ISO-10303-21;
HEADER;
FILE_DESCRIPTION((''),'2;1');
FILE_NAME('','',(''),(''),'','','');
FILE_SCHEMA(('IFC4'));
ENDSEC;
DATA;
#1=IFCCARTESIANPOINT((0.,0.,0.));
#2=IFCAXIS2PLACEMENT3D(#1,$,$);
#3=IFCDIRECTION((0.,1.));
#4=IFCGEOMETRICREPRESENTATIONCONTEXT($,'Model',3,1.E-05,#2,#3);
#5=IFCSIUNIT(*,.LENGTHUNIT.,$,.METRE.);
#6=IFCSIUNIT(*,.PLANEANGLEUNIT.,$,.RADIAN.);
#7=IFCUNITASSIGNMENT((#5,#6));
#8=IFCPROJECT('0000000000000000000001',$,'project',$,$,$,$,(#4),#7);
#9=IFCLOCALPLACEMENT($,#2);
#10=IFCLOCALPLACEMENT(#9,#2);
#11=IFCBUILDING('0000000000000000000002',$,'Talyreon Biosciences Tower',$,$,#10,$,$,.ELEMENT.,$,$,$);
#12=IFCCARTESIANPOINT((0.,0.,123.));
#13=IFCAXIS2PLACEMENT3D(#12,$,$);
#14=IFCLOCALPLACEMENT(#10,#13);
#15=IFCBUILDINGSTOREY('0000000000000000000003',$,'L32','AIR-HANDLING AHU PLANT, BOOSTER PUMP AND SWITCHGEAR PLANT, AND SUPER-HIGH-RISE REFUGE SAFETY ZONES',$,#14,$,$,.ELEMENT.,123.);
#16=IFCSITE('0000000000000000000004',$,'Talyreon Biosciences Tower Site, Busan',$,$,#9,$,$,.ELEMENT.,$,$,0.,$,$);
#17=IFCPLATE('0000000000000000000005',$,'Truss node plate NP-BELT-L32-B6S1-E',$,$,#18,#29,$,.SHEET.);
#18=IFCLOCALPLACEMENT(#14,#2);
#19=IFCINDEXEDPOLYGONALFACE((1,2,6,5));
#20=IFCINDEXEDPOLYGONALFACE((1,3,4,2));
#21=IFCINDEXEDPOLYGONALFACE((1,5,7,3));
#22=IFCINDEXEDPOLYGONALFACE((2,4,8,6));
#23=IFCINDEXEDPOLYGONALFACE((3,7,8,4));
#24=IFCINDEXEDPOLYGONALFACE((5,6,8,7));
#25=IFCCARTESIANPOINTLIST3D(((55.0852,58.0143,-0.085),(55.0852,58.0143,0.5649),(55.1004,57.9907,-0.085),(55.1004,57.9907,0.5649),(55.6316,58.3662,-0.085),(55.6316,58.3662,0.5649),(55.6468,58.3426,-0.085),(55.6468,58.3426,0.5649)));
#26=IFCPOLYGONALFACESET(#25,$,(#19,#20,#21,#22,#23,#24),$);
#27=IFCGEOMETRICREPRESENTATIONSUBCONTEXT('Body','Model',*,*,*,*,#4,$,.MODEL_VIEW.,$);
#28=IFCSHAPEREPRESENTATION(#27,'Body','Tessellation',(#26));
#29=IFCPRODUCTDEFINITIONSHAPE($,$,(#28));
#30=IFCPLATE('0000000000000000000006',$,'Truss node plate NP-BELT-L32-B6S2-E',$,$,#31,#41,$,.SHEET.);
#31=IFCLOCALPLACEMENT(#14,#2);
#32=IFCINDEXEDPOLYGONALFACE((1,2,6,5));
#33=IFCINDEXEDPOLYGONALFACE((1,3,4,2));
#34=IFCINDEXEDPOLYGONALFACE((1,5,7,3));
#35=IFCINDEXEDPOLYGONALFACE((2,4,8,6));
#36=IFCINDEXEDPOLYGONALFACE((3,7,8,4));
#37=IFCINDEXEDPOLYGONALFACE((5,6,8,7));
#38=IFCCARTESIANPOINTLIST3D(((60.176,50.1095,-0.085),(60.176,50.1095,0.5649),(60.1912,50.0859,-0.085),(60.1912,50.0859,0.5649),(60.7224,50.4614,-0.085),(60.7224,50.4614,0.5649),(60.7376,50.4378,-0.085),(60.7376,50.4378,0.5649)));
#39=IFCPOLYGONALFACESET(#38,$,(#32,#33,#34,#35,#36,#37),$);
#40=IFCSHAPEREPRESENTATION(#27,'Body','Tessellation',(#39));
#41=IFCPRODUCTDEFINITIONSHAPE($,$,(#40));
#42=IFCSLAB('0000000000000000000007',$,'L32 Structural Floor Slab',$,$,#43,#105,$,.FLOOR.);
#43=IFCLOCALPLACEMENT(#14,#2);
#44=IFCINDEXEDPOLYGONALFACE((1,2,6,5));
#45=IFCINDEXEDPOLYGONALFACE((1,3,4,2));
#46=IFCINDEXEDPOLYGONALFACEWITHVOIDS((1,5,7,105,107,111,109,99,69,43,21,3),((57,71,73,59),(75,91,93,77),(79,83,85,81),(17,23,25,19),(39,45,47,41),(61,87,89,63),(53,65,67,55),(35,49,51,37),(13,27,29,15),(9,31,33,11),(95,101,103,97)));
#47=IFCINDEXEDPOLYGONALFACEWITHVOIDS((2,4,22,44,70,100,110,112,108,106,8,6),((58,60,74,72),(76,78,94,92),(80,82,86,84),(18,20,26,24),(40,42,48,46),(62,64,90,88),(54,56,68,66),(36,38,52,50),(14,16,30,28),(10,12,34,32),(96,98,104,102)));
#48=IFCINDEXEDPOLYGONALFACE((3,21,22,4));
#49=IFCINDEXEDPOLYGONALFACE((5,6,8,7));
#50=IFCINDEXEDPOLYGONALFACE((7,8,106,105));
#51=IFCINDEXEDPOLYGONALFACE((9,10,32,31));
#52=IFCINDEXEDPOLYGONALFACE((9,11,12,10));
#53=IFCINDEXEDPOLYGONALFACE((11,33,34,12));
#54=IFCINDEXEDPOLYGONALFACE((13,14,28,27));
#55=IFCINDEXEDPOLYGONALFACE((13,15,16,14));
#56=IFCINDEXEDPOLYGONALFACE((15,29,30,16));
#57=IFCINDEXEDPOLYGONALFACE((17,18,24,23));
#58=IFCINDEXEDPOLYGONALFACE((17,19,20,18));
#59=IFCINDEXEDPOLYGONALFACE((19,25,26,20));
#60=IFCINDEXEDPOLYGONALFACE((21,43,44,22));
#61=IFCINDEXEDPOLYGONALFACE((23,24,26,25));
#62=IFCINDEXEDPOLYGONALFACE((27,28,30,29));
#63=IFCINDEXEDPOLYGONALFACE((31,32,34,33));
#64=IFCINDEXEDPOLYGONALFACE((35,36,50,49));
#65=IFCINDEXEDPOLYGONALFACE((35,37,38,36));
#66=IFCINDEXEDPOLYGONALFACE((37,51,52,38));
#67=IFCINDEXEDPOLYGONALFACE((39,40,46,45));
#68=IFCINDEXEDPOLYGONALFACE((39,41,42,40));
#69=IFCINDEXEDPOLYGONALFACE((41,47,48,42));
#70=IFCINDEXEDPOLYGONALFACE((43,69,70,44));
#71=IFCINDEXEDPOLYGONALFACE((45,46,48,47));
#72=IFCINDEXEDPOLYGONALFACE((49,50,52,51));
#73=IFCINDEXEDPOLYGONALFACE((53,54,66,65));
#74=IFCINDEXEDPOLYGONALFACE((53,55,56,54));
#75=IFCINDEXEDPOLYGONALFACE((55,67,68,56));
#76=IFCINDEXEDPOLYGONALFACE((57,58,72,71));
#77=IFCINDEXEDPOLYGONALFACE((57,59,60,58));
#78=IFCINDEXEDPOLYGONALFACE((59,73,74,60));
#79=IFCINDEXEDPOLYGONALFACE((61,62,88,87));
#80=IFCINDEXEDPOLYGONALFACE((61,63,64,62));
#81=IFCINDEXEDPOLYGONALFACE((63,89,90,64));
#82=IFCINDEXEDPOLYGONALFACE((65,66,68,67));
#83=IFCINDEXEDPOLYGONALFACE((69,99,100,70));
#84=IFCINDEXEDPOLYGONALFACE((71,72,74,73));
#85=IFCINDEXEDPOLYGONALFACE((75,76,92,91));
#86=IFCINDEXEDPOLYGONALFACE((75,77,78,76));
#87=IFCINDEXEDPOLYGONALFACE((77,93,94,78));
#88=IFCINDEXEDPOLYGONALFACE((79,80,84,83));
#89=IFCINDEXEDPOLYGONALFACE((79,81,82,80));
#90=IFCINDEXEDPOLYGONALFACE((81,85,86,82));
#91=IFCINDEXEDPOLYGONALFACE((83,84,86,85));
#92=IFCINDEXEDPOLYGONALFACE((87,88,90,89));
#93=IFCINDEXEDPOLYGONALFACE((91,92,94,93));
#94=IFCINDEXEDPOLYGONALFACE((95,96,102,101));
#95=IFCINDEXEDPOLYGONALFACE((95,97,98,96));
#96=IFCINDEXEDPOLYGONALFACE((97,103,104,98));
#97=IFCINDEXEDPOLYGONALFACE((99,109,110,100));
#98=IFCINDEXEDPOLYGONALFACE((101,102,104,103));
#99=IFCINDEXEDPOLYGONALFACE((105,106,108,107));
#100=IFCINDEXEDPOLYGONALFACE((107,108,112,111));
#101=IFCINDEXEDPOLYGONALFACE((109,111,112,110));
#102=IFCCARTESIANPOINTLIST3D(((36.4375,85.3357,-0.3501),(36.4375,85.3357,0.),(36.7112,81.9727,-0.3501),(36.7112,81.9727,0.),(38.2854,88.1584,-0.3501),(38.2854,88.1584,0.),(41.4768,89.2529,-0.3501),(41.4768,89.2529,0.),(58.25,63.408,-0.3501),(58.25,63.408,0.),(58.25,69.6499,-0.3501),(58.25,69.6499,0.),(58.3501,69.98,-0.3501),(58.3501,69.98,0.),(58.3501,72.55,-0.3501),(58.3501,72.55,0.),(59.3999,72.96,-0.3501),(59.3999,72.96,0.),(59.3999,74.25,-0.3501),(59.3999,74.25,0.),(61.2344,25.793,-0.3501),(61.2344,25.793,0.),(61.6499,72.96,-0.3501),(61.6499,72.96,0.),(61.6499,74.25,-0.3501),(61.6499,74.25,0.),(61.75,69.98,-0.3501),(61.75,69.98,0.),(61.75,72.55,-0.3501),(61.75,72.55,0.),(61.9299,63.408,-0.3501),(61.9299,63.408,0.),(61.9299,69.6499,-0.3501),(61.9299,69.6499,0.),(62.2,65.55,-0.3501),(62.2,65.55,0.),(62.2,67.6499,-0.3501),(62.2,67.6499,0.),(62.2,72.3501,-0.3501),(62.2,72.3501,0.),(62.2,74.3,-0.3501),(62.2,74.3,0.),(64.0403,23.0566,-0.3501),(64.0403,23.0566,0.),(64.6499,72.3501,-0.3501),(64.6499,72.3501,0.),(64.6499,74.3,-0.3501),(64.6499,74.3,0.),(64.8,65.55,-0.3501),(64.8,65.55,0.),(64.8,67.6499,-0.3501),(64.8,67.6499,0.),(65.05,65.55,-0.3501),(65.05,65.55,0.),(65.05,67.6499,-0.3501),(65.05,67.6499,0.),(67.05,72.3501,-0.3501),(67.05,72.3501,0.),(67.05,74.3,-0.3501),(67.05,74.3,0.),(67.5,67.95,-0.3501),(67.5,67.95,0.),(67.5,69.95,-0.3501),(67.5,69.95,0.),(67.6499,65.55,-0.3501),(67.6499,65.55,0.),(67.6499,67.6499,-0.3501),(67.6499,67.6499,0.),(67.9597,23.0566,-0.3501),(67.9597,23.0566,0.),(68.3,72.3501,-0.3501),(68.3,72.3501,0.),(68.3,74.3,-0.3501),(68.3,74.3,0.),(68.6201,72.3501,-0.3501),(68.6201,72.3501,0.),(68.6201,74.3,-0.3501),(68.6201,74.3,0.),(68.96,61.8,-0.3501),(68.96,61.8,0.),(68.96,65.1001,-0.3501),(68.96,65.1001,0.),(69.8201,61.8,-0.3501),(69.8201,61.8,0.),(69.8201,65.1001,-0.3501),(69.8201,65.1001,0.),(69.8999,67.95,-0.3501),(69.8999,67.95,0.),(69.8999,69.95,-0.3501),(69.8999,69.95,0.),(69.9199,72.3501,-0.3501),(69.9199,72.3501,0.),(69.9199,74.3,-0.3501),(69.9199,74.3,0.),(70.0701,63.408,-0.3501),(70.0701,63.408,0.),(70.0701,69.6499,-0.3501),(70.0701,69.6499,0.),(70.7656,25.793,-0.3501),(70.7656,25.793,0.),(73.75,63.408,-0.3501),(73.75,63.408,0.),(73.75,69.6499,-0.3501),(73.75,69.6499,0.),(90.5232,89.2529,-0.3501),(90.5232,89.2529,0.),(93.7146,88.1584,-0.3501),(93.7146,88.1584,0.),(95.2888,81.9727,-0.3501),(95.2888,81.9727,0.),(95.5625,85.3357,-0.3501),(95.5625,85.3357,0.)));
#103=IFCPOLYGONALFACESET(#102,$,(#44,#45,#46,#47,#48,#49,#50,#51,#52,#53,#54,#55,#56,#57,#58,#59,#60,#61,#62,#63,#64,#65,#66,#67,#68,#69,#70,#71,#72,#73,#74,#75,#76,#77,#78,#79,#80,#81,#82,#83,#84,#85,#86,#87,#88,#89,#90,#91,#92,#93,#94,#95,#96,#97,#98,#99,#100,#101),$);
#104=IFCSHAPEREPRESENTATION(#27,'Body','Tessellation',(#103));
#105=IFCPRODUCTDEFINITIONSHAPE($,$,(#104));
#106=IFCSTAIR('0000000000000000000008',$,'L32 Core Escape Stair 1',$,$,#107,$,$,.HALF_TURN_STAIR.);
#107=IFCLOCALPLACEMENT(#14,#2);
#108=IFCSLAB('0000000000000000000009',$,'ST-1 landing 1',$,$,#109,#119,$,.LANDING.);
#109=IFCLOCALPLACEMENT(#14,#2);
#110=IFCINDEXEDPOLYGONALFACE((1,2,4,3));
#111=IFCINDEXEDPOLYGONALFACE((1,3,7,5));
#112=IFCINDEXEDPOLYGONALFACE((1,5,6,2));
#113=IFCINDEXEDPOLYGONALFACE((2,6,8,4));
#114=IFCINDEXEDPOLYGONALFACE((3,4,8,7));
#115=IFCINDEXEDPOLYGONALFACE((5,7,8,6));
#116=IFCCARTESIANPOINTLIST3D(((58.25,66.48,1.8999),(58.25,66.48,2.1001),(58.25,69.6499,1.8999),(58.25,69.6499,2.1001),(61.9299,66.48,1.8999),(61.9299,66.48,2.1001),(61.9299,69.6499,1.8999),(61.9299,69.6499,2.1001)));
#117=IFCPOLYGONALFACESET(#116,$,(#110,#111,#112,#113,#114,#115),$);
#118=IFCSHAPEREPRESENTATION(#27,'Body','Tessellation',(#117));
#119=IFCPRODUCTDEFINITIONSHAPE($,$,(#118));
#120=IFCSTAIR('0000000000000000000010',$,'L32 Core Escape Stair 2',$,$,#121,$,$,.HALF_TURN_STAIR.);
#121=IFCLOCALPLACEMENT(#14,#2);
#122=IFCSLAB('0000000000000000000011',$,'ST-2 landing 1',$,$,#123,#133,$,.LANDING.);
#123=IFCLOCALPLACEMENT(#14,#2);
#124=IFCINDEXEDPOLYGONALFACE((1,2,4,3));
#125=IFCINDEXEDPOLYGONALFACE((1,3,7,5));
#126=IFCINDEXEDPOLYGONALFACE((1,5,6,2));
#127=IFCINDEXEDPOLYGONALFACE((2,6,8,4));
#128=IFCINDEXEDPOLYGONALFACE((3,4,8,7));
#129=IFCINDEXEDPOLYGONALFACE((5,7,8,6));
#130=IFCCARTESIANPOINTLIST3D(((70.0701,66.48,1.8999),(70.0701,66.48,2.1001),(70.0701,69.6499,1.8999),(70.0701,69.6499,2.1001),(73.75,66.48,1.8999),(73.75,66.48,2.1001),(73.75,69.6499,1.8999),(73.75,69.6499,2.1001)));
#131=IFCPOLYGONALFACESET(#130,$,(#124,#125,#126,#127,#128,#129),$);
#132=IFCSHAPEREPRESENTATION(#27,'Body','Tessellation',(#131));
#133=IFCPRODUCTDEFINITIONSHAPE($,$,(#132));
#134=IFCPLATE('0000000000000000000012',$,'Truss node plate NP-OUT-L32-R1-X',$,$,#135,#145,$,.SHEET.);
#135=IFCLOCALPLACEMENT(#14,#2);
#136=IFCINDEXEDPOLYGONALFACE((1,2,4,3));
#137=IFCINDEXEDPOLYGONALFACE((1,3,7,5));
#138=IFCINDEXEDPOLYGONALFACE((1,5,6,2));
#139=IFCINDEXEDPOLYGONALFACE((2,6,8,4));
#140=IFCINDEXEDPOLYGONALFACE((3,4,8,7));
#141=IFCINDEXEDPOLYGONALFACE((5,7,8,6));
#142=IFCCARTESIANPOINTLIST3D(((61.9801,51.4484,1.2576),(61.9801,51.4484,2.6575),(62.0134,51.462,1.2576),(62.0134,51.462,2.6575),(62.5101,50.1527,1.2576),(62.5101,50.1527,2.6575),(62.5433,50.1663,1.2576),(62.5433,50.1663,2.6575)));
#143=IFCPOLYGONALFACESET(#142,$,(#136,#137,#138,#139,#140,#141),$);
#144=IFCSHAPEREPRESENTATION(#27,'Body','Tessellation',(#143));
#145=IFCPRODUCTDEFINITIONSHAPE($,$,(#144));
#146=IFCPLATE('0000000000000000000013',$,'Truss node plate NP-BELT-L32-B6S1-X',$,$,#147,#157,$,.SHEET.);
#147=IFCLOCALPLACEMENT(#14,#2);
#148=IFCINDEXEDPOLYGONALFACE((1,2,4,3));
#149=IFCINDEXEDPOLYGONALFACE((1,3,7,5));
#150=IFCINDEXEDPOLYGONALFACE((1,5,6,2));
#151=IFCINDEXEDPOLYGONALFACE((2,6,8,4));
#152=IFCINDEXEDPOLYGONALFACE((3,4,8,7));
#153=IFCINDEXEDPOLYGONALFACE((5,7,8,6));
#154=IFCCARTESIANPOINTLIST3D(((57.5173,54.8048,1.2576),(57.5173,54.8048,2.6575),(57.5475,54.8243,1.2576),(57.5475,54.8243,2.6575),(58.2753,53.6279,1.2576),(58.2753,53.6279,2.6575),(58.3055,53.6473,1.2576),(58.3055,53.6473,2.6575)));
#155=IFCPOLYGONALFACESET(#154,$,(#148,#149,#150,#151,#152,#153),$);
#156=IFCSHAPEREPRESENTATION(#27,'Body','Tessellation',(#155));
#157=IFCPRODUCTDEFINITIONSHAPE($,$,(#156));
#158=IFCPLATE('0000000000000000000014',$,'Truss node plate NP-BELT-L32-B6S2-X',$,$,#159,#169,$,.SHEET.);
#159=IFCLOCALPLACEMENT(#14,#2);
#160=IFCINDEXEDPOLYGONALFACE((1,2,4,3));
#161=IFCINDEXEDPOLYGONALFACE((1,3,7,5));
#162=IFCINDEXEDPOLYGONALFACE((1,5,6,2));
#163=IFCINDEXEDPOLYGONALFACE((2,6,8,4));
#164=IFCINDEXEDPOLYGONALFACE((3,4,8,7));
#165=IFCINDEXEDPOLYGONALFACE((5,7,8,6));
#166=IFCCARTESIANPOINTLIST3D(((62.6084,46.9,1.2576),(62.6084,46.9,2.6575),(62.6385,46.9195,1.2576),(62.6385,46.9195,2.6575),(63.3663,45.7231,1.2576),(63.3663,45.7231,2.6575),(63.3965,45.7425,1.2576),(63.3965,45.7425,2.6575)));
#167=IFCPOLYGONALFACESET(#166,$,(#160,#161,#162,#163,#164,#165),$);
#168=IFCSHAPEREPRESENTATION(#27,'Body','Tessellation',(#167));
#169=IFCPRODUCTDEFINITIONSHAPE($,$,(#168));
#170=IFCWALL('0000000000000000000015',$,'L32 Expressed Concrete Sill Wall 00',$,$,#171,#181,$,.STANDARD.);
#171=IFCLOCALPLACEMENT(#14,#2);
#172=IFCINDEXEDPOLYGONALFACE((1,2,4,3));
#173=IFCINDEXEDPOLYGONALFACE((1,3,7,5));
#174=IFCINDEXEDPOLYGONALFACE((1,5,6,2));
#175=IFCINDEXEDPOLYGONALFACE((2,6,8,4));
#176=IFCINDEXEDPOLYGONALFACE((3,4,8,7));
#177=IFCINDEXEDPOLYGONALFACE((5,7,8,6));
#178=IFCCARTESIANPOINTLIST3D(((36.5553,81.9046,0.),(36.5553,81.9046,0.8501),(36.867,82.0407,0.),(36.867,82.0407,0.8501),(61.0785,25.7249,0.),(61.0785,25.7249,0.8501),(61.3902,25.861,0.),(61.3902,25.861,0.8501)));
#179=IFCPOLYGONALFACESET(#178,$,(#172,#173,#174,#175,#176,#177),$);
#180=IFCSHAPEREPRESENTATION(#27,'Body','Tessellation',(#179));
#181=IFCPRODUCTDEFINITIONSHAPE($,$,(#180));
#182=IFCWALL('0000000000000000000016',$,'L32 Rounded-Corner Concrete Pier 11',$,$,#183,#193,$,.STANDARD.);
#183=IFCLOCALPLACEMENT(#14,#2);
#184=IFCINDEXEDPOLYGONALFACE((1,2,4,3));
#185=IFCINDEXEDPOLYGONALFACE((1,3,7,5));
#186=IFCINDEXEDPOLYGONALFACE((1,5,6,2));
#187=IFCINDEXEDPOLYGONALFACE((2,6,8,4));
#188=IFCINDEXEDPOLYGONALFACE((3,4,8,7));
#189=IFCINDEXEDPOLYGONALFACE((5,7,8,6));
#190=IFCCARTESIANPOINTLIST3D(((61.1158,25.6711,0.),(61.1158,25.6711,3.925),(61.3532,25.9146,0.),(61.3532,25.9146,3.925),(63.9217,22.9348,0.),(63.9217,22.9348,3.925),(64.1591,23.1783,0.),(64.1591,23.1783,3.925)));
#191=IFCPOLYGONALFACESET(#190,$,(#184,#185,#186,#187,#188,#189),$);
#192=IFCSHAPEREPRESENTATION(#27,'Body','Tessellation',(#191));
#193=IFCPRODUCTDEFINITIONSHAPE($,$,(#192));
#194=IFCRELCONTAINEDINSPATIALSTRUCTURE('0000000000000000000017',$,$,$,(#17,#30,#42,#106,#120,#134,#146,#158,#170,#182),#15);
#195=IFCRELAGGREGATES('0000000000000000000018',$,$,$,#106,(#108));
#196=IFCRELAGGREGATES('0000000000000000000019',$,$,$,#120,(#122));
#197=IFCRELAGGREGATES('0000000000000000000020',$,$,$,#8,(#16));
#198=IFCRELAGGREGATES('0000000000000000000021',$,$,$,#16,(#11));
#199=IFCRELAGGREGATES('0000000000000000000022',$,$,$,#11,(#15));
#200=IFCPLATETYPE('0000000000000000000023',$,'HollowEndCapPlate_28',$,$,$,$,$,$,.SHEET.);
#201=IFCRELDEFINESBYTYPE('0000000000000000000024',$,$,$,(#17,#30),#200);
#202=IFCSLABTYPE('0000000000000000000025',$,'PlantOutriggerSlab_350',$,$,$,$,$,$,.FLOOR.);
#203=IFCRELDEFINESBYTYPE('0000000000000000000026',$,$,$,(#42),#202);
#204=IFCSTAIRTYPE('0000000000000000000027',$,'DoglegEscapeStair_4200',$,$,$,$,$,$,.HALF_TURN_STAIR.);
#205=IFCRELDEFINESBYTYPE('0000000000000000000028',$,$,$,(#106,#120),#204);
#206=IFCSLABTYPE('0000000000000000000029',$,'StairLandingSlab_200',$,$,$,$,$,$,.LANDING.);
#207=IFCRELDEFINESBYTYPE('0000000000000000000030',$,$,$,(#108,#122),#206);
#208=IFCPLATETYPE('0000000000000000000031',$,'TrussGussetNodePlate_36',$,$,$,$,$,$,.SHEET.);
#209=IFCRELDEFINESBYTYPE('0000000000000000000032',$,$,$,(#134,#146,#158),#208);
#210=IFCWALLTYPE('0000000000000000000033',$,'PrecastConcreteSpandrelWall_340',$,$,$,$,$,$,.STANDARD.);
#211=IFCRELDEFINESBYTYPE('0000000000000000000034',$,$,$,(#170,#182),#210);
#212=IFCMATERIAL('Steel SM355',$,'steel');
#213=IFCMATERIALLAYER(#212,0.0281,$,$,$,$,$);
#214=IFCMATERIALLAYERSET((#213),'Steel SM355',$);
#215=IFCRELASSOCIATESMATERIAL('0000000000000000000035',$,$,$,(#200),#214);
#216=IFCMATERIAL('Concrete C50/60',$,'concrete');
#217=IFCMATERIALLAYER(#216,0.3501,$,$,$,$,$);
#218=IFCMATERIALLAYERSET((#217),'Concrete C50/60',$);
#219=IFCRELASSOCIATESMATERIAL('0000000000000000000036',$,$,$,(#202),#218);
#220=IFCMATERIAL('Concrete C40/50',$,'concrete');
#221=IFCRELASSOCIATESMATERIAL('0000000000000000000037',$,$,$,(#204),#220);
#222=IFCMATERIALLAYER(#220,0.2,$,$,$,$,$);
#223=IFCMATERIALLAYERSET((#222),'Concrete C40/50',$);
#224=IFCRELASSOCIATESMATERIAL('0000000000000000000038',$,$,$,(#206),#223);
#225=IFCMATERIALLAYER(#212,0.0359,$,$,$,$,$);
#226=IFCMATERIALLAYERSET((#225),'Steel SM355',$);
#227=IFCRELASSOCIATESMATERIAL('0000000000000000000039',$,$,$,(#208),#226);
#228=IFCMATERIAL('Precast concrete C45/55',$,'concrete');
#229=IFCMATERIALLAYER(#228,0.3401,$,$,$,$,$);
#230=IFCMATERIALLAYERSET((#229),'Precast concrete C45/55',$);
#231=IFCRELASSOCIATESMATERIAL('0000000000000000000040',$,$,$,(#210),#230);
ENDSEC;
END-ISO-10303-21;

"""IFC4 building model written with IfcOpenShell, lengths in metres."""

from ifc_helpers import new_model, si_unit, direction, frame, frame_2d, origin, origin_2d, place, context, subcontext, project, spatial, polyline, rectangle, outline, extrude, material, layer, layer_set, type_object, element, aggregate, save


model = new_model("IFC4")

# Units and contexts
model_context = context("Model", 3, precision=1e-05, world=origin(), true_north=direction((0.0, 1.0)))
body_context = subcontext(model_context, "Body", "Model", "MODEL_VIEW")
ifc_project = project(units=[si_unit("LENGTHUNIT", "METRE"), si_unit("PLANEANGLEUNIT", "RADIAN")], contexts=[model_context])

# Site, building, storey
site_placement = place(None, origin())
site = spatial("IfcSite", under=ifc_project, at=site_placement, Name="Talyreon Biosciences Tower Site, Busan", CompositionType="ELEMENT", RefElevation=0.0)
building_placement = place(site_placement, origin())
building = spatial("IfcBuilding", under=site, at=building_placement, Name="Talyreon Biosciences Tower", CompositionType="ELEMENT")
storey_placement = place(building_placement, frame((0.0, 0.0, 123.0)))
storey = spatial("IfcBuildingStorey", under=building, at=storey_placement, Name="L32", Description="AIR-HANDLING AHU PLANT, BOOSTER PUMP AND SWITCHGEAR PLANT, AND SUPER-HIGH-RISE REFUGE SAFETY ZONES", CompositionType="ELEMENT", Elevation=123.0)

# Shared definitions
ifc_material_1 = material(Name="Concrete C50/60", Category="concrete")

# Shared definitions
ifc_material_2 = material(Name="Steel SM355", Category="steel")

# Shared definitions
ifc_material_3 = material(Name="Precast concrete C45/55", Category="concrete")

# Plates
ifc_layer_1 = layer(ifc_material_2, 0.0281)
ifc_layer_set_1 = layer_set([ifc_layer_1], Name="Steel SM355")
plate_type_1 = type_object("IfcPlateType", Name="HollowEndCapPlate_28", PredefinedType="SHEET", material=ifc_layer_set_1)
for number, where, z_axis, x_axis, name in (
    (1, (55.366, 58.1785, -0.085), (0.0, 0.0, 1.0), (0.840727, 0.541459, 0.0), "Truss node plate NP-BELT-L32-B6S1-E"),
    (2, (60.4568, 50.2737, -0.085), (0.0, 0.0, 1.0), (0.840727, 0.541459, 0.0), "Truss node plate NP-BELT-L32-B6S2-E"),
):
    element("IfcPlate", number, at=place(storey_placement, frame(where, z_axis=z_axis, x_axis=x_axis)), inside=storey, type_object=plate_type_1, Name=name, PredefinedType="SHEET", context=body_context, shape_type="SweptSolid", body=[
        extrude(rectangle(XDim=0.6499, YDim=0.0281, at=origin_2d()), origin(), (0.0, 0.0, 1.0), 0.6499),
    ])

# Slab
ifc_layer_2 = layer(ifc_material_1, 0.3501)
ifc_layer_set_2 = layer_set([ifc_layer_2], Name="Concrete C50/60")
slab_type_1 = type_object("IfcSlabType", Name="PlantOutriggerSlab_350", PredefinedType="FLOOR", material=ifc_layer_set_2)
slab_1_placement = place(storey_placement, frame((0.0, 0.0, -0.3501)))
element("IfcSlab", 3, at=slab_1_placement, inside=storey, type_object=slab_type_1, Name="L32 Structural Floor Slab", PredefinedType="FLOOR", context=body_context, shape_type="SweptSolid", body=[
    extrude(outline(polyline([(61.2344, 25.793), (36.7112, 81.9727), (36.4375, 85.3357), (38.2854, 88.1584), (41.4768, 89.2529), (90.5232, 89.2529), (93.7146, 88.1584), (95.5625, 85.3357), (95.2888, 81.9727), (70.7656, 25.793), (67.9597, 23.0566), (64.0403, 23.0566), (61.2344, 25.793)]), holes=[polyline([(61.9299, 69.6499), (61.9299, 63.408), (58.25, 63.408), (58.25, 69.6499), (61.9299, 69.6499)]), polyline([(64.8, 67.6499), (64.8, 65.55), (62.2, 65.55), (62.2, 67.6499), (64.8, 67.6499)]), polyline([(67.6499, 67.6499), (67.6499, 65.55), (65.05, 65.55), (65.05, 67.6499), (67.6499, 67.6499)]), polyline([(61.75, 69.98), (58.3501, 69.98), (58.3501, 72.55), (61.75, 72.55), (61.75, 69.98)]), polyline([(64.6499, 72.3501), (62.2, 72.3501), (62.2, 74.3), (64.6499, 74.3), (64.6499, 72.3501)]), polyline([(61.6499, 74.25), (61.6499, 72.96), (59.3999, 72.96), (59.3999, 74.25), (61.6499, 74.25)]), polyline([(69.8201, 61.8), (68.96, 61.8), (68.96, 65.1001), (69.8201, 65.1001), (69.8201, 61.8)]), polyline([(73.75, 63.408), (70.0701, 63.408), (70.0701, 69.6499), (73.75, 69.6499), (73.75, 63.408)]), polyline([(69.8999, 69.95), (69.8999, 67.95), (67.5, 67.95), (67.5, 69.95), (69.8999, 69.95)]), polyline([(68.3, 72.3501), (67.05, 72.3501), (67.05, 74.3), (68.3, 74.3), (68.3, 72.3501)]), polyline([(69.9199, 72.3501), (68.6201, 72.3501), (68.6201, 74.3), (69.9199, 74.3), (69.9199, 72.3501)])]), origin(), (0.0, 0.0, 1.0), 0.3501),
])

# Stairs, slabs
ifc_material_4 = material(Name="Concrete C40/50", Category="concrete")
stair_type = type_object("IfcStairType", Name="DoglegEscapeStair_4200", PredefinedType="HALF_TURN_STAIR", material=ifc_material_4)
stair_1_placement = place(storey_placement, origin())
stair_1 = element("IfcStair", 4, at=stair_1_placement, inside=storey, type_object=stair_type, Name="L32 Core Escape Stair 1", PredefinedType="HALF_TURN_STAIR")
ifc_layer_3 = layer(ifc_material_4, 0.2)
ifc_layer_set_3 = layer_set([ifc_layer_3], Name="Concrete C40/50")
slab_type_2 = type_object("IfcSlabType", Name="StairLandingSlab_200", PredefinedType="LANDING", material=ifc_layer_set_3)
slab_2_placement = place(storey_placement, frame((0.0, 0.0, 1.8999)))
slab_2 = element("IfcSlab", 5, at=slab_2_placement, type_object=slab_type_2, Name="ST-1 landing 1", PredefinedType="LANDING", context=body_context, shape_type="SweptSolid", body=[
    extrude(outline(polyline([(61.9299, 66.48), (61.9299, 69.6499), (58.25, 69.6499), (58.25, 66.48), (61.9299, 66.48)])), origin(), (0.0, 0.0, 1.0), 0.2002),
])
aggregate(stair_1, [slab_2])
stair_2_placement = place(storey_placement, origin())
stair_2 = element("IfcStair", 6, at=stair_2_placement, inside=storey, type_object=stair_type, Name="L32 Core Escape Stair 2", PredefinedType="HALF_TURN_STAIR")
slab_3_placement = place(storey_placement, frame((0.0, 0.0, 1.8999)))
slab_3 = element("IfcSlab", 7, at=slab_3_placement, type_object=slab_type_2, Name="ST-2 landing 1", PredefinedType="LANDING", context=body_context, shape_type="SweptSolid", body=[
    extrude(outline(polyline([(73.75, 66.48), (73.75, 69.6499), (70.0701, 69.6499), (70.0701, 66.48), (73.75, 66.48)])), origin(), (0.0, 0.0, 1.0), 0.2002),
])
aggregate(stair_2, [slab_3])

# Plates
ifc_layer_4 = layer(ifc_material_2, 0.0359)
ifc_layer_set_4 = layer_set([ifc_layer_4], Name="Steel SM355")
plate_type_2 = type_object("IfcPlateType", Name="TrussGussetNodePlate_36", PredefinedType="SHEET", material=ifc_layer_set_4)
for number, where, z_axis, x_axis, name in (
    (8, (62.2617, 50.8074, 1.2576), (0.0, 0.0, 1.0), (0.378552, -0.92558, 0.0), "Truss node plate NP-OUT-L32-R1-X"),
    (9, (57.9114, 54.2261, 1.2576), (0.0, 0.0, 1.0), (0.541459, -0.840727, 0.0), "Truss node plate NP-BELT-L32-B6S1-X"),
    (10, (63.0024, 46.3213, 1.2576), (0.0, 0.0, 1.0), (0.541459, -0.840727, 0.0), "Truss node plate NP-BELT-L32-B6S2-X"),
):
    element("IfcPlate", number, at=place(storey_placement, frame(where, z_axis=z_axis, x_axis=x_axis)), inside=storey, type_object=plate_type_2, Name=name, PredefinedType="SHEET", context=body_context, shape_type="SweptSolid", body=[
        extrude(rectangle(XDim=1.3999, YDim=0.0359, at=origin_2d()), origin(), (0.0, 0.0, 1.0), 1.3999),
    ])

# Walls
ifc_layer_5 = layer(ifc_material_3, 0.3401)
ifc_layer_set_5 = layer_set([ifc_layer_5], Name="Precast concrete C45/55")
wall_type = type_object("IfcWallType", Name="PrecastConcreteSpandrelWall_340", PredefinedType="STANDARD", material=ifc_layer_set_5)
wall_1_placement = place(storey_placement, frame((61.2344, 25.793, 0.0), z_axis=(0.0, 0.0, 1.0), x_axis=(-0.40006, 0.916489, 0.0)))
element("IfcWall", 11, at=wall_1_placement, inside=storey, type_object=wall_type, Name="L32 Expressed Concrete Sill Wall 00", PredefinedType="STANDARD", context=body_context, shape_type="SweptSolid", body=[
    extrude(rectangle(XDim=61.2988, YDim=0.3401, at=frame_2d((30.6494, 0.0))), origin(), (0.0, 0.0, 1.0), 0.8501),
])
wall_2_placement = place(storey_placement, frame((64.0403, 23.0566, 0.0), z_axis=(0.0, 0.0, 1.0), x_axis=(-0.715928, 0.698174, 0.0)))
element("IfcWall", 12, at=wall_2_placement, inside=storey, type_object=wall_type, Name="L32 Rounded-Corner Concrete Pier 11", PredefinedType="STANDARD", context=body_context, shape_type="SweptSolid", body=[
    extrude(rectangle(XDim=3.9192, YDim=0.3401, at=frame_2d((1.9595, 0.0))), origin(), (0.0, 0.0, 1.0), 3.925),
])

save(model, "model.ifc")
